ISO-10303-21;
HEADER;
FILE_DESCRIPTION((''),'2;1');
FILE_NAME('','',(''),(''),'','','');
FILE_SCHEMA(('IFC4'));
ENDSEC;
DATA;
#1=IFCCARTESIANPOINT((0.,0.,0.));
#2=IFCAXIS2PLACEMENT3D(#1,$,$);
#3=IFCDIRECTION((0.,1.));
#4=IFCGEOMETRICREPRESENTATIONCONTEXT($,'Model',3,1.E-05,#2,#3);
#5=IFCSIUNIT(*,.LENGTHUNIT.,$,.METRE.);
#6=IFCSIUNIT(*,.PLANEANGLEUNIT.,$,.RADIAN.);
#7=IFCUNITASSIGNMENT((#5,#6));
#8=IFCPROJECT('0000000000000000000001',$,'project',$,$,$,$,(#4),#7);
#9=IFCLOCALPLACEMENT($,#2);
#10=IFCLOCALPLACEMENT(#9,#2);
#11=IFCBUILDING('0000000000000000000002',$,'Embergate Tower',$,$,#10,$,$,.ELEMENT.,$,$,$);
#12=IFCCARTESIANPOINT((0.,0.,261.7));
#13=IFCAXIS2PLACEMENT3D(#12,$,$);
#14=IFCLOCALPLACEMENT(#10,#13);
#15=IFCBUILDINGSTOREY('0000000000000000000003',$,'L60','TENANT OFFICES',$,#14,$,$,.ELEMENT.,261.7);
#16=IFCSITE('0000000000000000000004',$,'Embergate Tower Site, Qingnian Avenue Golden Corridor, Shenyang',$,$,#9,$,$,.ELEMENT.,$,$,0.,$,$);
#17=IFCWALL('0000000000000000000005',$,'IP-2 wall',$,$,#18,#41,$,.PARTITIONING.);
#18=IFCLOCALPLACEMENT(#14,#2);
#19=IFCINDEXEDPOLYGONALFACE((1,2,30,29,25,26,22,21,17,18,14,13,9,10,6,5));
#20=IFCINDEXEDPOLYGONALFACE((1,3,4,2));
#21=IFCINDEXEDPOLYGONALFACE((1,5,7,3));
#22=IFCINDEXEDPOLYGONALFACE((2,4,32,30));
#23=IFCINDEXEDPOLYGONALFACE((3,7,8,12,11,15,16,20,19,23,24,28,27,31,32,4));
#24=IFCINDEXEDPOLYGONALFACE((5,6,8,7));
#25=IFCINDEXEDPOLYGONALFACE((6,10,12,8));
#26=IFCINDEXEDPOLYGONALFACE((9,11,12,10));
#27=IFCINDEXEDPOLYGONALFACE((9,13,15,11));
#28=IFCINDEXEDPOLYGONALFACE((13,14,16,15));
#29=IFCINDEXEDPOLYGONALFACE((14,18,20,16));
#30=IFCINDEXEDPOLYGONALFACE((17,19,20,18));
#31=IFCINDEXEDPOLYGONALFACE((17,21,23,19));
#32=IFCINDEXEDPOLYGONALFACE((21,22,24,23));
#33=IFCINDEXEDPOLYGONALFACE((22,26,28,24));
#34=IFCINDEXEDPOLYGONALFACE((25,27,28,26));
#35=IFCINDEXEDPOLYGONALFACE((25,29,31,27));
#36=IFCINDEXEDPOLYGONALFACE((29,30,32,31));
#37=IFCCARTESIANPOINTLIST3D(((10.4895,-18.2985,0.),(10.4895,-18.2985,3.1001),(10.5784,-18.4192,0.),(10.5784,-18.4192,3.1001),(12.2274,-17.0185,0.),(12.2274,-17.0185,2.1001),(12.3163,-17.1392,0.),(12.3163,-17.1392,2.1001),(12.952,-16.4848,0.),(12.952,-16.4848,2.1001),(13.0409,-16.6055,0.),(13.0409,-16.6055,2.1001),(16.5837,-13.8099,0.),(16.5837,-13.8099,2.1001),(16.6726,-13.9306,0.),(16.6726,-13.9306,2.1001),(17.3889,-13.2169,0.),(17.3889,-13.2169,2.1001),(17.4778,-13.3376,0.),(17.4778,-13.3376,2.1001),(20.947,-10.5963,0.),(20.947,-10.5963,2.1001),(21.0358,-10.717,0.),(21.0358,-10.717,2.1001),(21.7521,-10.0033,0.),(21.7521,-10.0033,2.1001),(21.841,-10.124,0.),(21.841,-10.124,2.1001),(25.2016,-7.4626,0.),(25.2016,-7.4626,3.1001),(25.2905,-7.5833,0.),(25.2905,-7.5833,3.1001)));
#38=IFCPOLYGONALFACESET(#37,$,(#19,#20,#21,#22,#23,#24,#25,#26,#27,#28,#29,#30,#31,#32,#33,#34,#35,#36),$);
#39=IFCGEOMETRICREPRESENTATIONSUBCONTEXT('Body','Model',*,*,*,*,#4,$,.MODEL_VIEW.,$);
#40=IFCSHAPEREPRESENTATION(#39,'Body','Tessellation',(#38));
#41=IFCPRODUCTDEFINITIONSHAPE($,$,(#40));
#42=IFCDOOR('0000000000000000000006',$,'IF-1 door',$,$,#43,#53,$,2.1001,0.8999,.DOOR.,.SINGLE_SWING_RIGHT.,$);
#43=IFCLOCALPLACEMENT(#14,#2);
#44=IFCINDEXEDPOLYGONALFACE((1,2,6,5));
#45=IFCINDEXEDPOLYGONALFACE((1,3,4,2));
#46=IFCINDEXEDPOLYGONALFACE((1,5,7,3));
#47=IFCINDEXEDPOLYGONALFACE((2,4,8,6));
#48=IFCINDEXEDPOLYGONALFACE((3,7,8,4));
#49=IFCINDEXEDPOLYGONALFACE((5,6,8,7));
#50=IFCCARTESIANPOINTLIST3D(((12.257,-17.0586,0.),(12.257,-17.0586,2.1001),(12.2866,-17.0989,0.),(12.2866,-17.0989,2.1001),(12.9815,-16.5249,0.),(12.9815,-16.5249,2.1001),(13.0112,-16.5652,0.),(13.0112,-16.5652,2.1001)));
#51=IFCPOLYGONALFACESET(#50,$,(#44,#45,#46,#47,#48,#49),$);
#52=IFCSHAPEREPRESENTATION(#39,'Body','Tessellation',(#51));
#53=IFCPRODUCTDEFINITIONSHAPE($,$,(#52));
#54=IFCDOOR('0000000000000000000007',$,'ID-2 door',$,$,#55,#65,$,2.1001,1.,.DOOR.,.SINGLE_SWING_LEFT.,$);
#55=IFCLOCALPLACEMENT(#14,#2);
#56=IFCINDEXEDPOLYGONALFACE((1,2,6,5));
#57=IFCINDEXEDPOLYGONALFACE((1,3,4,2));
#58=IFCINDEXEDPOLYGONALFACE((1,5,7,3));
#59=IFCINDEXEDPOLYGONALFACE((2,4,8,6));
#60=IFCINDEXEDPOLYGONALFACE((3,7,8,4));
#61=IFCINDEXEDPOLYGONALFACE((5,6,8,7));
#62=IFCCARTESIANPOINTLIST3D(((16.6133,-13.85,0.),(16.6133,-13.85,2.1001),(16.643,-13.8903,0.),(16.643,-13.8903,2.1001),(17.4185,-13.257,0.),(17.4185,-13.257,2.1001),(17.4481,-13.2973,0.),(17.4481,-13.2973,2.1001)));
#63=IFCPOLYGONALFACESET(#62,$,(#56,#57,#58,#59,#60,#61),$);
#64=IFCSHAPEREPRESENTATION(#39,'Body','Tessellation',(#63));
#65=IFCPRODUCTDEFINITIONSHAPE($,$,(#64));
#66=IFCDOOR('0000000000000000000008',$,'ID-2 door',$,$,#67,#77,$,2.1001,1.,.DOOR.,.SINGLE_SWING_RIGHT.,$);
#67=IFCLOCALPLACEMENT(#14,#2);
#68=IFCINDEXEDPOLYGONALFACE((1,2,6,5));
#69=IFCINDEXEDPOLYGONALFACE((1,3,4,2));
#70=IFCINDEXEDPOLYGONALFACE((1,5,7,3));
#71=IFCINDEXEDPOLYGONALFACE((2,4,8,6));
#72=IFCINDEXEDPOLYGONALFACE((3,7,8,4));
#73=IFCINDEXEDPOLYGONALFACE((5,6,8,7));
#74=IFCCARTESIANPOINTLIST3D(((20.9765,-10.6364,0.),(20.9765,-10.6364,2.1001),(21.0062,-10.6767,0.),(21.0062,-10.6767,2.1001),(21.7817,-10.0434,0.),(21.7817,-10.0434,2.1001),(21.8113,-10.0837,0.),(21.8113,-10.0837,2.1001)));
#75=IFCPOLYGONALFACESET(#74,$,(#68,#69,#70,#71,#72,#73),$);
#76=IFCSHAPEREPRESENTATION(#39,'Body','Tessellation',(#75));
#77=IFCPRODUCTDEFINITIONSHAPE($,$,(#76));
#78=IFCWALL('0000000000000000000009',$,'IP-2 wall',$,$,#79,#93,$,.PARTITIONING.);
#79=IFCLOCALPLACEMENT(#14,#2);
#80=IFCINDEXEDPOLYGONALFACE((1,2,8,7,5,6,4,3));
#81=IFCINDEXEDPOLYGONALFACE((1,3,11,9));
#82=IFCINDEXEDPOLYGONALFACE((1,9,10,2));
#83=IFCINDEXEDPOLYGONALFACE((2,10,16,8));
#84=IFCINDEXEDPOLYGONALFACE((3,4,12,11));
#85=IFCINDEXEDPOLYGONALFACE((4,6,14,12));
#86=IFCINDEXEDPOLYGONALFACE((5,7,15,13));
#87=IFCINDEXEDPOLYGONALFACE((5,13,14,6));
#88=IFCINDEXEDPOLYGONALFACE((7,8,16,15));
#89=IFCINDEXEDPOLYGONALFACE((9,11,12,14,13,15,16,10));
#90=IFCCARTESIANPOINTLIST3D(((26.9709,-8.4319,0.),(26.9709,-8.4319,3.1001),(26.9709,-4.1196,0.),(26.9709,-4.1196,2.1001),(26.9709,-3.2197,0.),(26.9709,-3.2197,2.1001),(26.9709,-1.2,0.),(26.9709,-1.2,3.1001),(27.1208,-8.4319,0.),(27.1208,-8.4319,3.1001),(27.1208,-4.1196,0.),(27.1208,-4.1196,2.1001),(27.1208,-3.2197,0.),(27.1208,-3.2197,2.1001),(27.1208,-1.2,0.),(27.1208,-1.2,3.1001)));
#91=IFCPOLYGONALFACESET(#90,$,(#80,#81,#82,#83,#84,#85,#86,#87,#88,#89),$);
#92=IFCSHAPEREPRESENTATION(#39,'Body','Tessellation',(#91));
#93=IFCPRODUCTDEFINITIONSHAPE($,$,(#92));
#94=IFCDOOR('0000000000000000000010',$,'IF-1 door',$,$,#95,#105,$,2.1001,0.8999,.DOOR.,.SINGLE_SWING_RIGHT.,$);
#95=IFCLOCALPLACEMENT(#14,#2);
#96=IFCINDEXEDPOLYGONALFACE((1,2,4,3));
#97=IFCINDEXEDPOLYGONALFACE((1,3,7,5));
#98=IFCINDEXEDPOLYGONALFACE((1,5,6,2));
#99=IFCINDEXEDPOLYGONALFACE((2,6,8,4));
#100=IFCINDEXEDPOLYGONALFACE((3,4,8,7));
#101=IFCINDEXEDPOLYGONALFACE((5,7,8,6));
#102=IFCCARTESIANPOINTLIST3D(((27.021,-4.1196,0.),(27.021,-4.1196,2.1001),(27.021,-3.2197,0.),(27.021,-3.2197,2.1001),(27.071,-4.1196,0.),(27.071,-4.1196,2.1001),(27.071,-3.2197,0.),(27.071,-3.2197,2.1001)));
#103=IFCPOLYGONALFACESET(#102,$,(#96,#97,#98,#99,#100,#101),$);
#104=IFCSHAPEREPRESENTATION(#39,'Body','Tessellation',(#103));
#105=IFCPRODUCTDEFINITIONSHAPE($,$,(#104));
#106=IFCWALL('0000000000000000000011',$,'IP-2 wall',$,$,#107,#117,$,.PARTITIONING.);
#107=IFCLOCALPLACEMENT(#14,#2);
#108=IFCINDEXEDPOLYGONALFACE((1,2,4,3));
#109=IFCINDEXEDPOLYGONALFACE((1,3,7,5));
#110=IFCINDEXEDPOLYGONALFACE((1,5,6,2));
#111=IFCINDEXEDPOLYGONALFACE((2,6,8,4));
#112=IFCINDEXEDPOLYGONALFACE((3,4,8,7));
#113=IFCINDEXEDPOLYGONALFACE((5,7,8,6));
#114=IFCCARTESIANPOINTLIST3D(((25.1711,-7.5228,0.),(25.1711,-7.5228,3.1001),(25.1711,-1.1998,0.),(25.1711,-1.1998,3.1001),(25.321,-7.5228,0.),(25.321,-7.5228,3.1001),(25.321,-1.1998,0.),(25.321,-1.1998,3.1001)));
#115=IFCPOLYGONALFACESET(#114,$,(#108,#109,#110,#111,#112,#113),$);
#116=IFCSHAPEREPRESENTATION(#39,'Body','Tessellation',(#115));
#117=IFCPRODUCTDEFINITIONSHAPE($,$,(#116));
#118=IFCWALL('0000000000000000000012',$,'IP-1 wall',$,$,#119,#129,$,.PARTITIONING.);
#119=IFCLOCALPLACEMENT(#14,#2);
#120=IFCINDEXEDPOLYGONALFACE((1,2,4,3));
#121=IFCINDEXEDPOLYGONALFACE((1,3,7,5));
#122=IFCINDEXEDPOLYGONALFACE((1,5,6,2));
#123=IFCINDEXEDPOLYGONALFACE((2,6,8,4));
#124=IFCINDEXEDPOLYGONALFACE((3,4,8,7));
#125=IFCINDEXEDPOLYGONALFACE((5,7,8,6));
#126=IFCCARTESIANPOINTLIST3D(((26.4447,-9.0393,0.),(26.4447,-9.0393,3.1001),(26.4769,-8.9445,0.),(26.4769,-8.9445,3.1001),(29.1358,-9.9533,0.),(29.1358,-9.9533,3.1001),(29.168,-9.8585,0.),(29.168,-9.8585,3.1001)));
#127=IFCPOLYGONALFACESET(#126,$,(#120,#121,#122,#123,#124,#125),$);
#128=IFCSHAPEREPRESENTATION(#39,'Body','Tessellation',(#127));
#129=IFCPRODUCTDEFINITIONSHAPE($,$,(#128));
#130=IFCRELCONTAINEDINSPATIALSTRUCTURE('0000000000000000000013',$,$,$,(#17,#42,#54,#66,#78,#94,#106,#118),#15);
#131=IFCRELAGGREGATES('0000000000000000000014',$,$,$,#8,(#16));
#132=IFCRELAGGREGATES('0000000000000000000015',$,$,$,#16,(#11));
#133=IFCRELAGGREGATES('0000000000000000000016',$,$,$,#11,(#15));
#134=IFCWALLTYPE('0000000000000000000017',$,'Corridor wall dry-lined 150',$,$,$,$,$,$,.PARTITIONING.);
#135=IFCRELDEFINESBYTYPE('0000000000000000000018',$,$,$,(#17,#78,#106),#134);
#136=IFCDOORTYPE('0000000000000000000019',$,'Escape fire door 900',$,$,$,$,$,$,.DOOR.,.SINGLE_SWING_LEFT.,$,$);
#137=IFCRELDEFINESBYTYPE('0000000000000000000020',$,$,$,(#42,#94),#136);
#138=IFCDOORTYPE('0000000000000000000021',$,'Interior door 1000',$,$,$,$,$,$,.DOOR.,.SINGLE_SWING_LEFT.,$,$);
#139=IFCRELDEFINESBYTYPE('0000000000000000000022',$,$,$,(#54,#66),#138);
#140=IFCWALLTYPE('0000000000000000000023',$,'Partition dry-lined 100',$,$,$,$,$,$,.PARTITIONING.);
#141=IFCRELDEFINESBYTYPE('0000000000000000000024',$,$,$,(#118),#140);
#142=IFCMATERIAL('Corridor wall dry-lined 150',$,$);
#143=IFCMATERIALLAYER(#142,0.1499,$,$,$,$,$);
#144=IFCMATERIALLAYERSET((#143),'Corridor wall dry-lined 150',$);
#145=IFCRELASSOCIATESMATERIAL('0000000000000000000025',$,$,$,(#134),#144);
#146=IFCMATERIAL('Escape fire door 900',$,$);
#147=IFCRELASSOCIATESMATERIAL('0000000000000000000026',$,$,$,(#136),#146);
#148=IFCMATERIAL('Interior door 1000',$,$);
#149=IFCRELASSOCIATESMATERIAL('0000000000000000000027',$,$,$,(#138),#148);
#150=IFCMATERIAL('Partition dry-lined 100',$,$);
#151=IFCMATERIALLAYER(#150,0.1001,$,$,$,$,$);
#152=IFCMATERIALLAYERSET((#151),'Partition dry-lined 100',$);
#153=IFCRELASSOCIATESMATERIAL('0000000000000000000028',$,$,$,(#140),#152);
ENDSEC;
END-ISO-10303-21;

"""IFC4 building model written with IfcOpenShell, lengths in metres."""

from ifc_helpers import new_model, si_unit, direction, frame, frame_2d, origin, place, context, subcontext, project, spatial, rectangle, extrude, source, transform, mapped, material, layer, layer_set, type_object, element, fill, save


model = new_model("IFC4")

# Units and contexts
model_context = context("Model", 3, precision=1e-05, world=origin(), true_north=direction((0.0, 1.0)))
body_context = subcontext(model_context, "Body", "Model", "MODEL_VIEW")
ifc_project = project(units=[si_unit("LENGTHUNIT", "METRE"), si_unit("PLANEANGLEUNIT", "RADIAN")], contexts=[model_context])

# Site, building, storey
site_placement = place(None, origin())
site = spatial("IfcSite", under=ifc_project, at=site_placement, Name="Embergate Tower Site, Qingnian Avenue Golden Corridor, Shenyang", CompositionType="ELEMENT", RefElevation=0.0)
building_placement = place(site_placement, origin())
building = spatial("IfcBuilding", under=site, at=building_placement, Name="Embergate Tower", CompositionType="ELEMENT")
storey_placement = place(building_placement, frame((0.0, 0.0, 261.7)))
storey = spatial("IfcBuildingStorey", under=building, at=storey_placement, Name="L60", Description="TENANT OFFICES", CompositionType="ELEMENT", Elevation=261.7)

# Wall, openings, doors
ifc_material_1 = material(Name="Corridor wall dry-lined 150")
ifc_layer_1 = layer(ifc_material_1, 0.1499)
ifc_layer_set_1 = layer_set([ifc_layer_1], Name="Corridor wall dry-lined 150")
wall_type_1 = type_object("IfcWallType", Name="Corridor wall dry-lined 150", PredefinedType="PARTITIONING", material=ifc_layer_set_1)
shared_shape_1 = source(origin(), body_context, "Body", "SweptSolid", [
    extrude(rectangle(XDim=18.272, YDim=0.1499, at=frame_2d((9.136, 0.0))), origin(), (0.0, 0.0, 1.0), 3.1001),
])
wall_1_placement = place(storey_placement, frame((25.2461, -7.5229, 0.0), z_axis=(0.0, 0.0, 1.0), x_axis=(-0.805176, -0.593036, 0.0)))
wall_1 = element("IfcWall", 1, at=wall_1_placement, inside=storey, type_object=wall_type_1, Name="IP-2 wall", PredefinedType="PARTITIONING", context=body_context, shape_type="MappedRepresentation", body=[
    mapped(shared_shape_1, transform((0.0, 0.0, 0.0))),
])
shared_shape_2 = source(origin(), body_context, "Body", "SweptSolid", [
    extrude(rectangle(XDim=0.8999, YDim=2.1001, at=frame_2d((0.45, 1.05))), frame((0.0, 0.085, 0.0), z_axis=(0.0, -1.0, 0.0), x_axis=(1.0, 0.0, 0.0)), (0.0, 0.0, 1.0), 0.1699),
])
opening_1_placement = place(wall_1_placement, frame((15.2136, 0.0, 0.0)))
opening_1 = element("IfcOpeningElement", 2, at=opening_1_placement, cuts=wall_1, PredefinedType="OPENING", context=body_context, shape_type="MappedRepresentation", body=[
    mapped(shared_shape_2, transform((0.0, 0.0, 0.0))),
])
shared_shape_3 = source(origin(), body_context, "Body", "SweptSolid", [
    extrude(rectangle(XDim=1.0, YDim=2.1001, at=frame_2d((0.5, 1.05))), frame((0.0, 0.085, 0.0), z_axis=(0.0, -1.0, 0.0), x_axis=(1.0, 0.0, 0.0)), (0.0, 0.0, 1.0), 0.1699),
])
opening_2_placement = place(wall_1_placement, frame((9.7031, 0.0, 0.0)))
opening_2 = element("IfcOpeningElement", 3, at=opening_2_placement, cuts=wall_1, PredefinedType="OPENING", context=body_context, shape_type="MappedRepresentation", body=[
    mapped(shared_shape_3, transform((0.0, 0.0, 0.0))),
])
opening_3_placement = place(wall_1_placement, frame((4.2842, 0.0, 0.0)))
opening_3 = element("IfcOpeningElement", 4, at=opening_3_placement, cuts=wall_1, PredefinedType="OPENING", context=body_context, shape_type="MappedRepresentation", body=[
    mapped(shared_shape_3, transform((0.0, 0.0, 0.0))),
])
ifc_material_2 = material(Name="Escape fire door 900")
door_type_1 = type_object("IfcDoorType", Name="Escape fire door 900", OperationType="SINGLE_SWING_LEFT", PredefinedType="DOOR", material=ifc_material_2)
shared_shape_4 = source(origin(), body_context, "Body", "SweptSolid", [
    extrude(rectangle(XDim=0.8999, YDim=2.1001, at=frame_2d((0.45, 1.05))), frame((0.0, 0.0249, 0.0), z_axis=(0.0, -1.0, 0.0), x_axis=(1.0, 0.0, 0.0)), (0.0, 0.0, 1.0), 0.05),
])
door_1_placement = place(opening_1_placement, origin())
door_1 = element("IfcDoor", 5, at=door_1_placement, inside=storey, type_object=door_type_1, Name="IF-1 door", OperationType="SINGLE_SWING_RIGHT", OverallHeight=2.1001, OverallWidth=0.8999, PredefinedType="DOOR", context=body_context, shape_type="MappedRepresentation", body=[
    mapped(shared_shape_4, transform((0.0, 0.0, 0.0))),
])
fill(opening_1, door_1)
ifc_material_3 = material(Name="Interior door 1000")
door_type_2 = type_object("IfcDoorType", Name="Interior door 1000", OperationType="SINGLE_SWING_LEFT", PredefinedType="DOOR", material=ifc_material_3)
shared_shape_5 = source(origin(), body_context, "Body", "SweptSolid", [
    extrude(rectangle(XDim=1.0, YDim=2.1001, at=frame_2d((0.5, 1.05))), frame((0.0, 0.0249, 0.0), z_axis=(0.0, -1.0, 0.0), x_axis=(1.0, 0.0, 0.0)), (0.0, 0.0, 1.0), 0.05),
])
door_2_placement = place(opening_2_placement, origin())
door_2 = element("IfcDoor", 6, at=door_2_placement, inside=storey, type_object=door_type_2, Name="ID-2 door", OperationType="SINGLE_SWING_LEFT", OverallHeight=2.1001, OverallWidth=1.0, PredefinedType="DOOR", context=body_context, shape_type="MappedRepresentation", body=[
    mapped(shared_shape_5, transform((0.0, 0.0, 0.0))),
])
fill(opening_2, door_2)
door_3_placement = place(opening_3_placement, origin())
door_3 = element("IfcDoor", 7, at=door_3_placement, inside=storey, type_object=door_type_2, Name="ID-2 door", OperationType="SINGLE_SWING_RIGHT", OverallHeight=2.1001, OverallWidth=1.0, PredefinedType="DOOR", context=body_context, shape_type="MappedRepresentation", body=[
    mapped(shared_shape_5, transform((0.0, 0.0, 0.0))),
])
fill(opening_3, door_3)

# Wall, opening, door
shared_shape_6 = source(origin(), body_context, "Body", "SweptSolid", [
    extrude(rectangle(XDim=7.2319, YDim=0.1499, at=frame_2d((3.616, 0.0))), origin(), (0.0, 0.0, 1.0), 3.1001),
])
wall_2_placement = place(storey_placement, frame((27.0459, -8.4319, 0.0), z_axis=(0.0, 0.0, 1.0), x_axis=(0.0, 1.0, 0.0)))
wall_2 = element("IfcWall", 8, at=wall_2_placement, inside=storey, type_object=wall_type_1, Name="IP-2 wall", PredefinedType="PARTITIONING", context=body_context, shape_type="MappedRepresentation", body=[
    mapped(shared_shape_6, transform((0.0, 0.0, 0.0))),
])
opening_4_placement = place(wall_2_placement, frame((4.3123, 0.0, 0.0)))
opening_4 = element("IfcOpeningElement", 9, at=opening_4_placement, cuts=wall_2, PredefinedType="OPENING", context=body_context, shape_type="MappedRepresentation", body=[
    mapped(shared_shape_2, transform((0.0, 0.0, 0.0))),
])
door_4_placement = place(opening_4_placement, origin())
door_4 = element("IfcDoor", 10, at=door_4_placement, inside=storey, type_object=door_type_1, Name="IF-1 door", OperationType="SINGLE_SWING_RIGHT", OverallHeight=2.1001, OverallWidth=0.8999, PredefinedType="DOOR", context=body_context, shape_type="MappedRepresentation", body=[
    mapped(shared_shape_4, transform((0.0, 0.0, 0.0))),
])
fill(opening_4, door_4)

# Walls
shared_shape_7 = source(origin(), body_context, "Body", "SweptSolid", [
    extrude(rectangle(XDim=6.323, YDim=0.1499, at=frame_2d((3.1616, 0.0))), origin(), (0.0, 0.0, 1.0), 3.1001),
])
wall_3_placement = place(storey_placement, frame((25.2461, -7.5229, 0.0), z_axis=(0.0, 0.0, 1.0), x_axis=(0.0, 1.0, 0.0)))
element("IfcWall", 11, at=wall_3_placement, inside=storey, type_object=wall_type_1, Name="IP-2 wall", PredefinedType="PARTITIONING", context=body_context, shape_type="MappedRepresentation", body=[
    mapped(shared_shape_7, transform((0.0, 0.0, 0.0))),
])
ifc_material_4 = material(Name="Partition dry-lined 100")
ifc_layer_2 = layer(ifc_material_4, 0.1001)
ifc_layer_set_2 = layer_set([ifc_layer_2], Name="Partition dry-lined 100")
wall_type_2 = type_object("IfcWallType", Name="Partition dry-lined 100", PredefinedType="PARTITIONING", material=ifc_layer_set_2)
shared_shape_8 = source(origin(), body_context, "Body", "SweptSolid", [
    extrude(rectangle(XDim=2.842, YDim=0.1001, at=frame_2d((1.4209, 0.0))), origin(), (0.0, 0.0, 1.0), 3.1001),
])
wall_4_placement = place(storey_placement, frame((26.4609, -8.9919, 0.0), z_axis=(0.0, 0.0, 1.0), x_axis=(0.946873, -0.321609, 0.0)))
element("IfcWall", 12, at=wall_4_placement, inside=storey, type_object=wall_type_2, Name="IP-1 wall", PredefinedType="PARTITIONING", context=body_context, shape_type="MappedRepresentation", body=[
    mapped(shared_shape_8, transform((0.0, 0.0, 0.0))),
])

save(model, "model.ifc")
